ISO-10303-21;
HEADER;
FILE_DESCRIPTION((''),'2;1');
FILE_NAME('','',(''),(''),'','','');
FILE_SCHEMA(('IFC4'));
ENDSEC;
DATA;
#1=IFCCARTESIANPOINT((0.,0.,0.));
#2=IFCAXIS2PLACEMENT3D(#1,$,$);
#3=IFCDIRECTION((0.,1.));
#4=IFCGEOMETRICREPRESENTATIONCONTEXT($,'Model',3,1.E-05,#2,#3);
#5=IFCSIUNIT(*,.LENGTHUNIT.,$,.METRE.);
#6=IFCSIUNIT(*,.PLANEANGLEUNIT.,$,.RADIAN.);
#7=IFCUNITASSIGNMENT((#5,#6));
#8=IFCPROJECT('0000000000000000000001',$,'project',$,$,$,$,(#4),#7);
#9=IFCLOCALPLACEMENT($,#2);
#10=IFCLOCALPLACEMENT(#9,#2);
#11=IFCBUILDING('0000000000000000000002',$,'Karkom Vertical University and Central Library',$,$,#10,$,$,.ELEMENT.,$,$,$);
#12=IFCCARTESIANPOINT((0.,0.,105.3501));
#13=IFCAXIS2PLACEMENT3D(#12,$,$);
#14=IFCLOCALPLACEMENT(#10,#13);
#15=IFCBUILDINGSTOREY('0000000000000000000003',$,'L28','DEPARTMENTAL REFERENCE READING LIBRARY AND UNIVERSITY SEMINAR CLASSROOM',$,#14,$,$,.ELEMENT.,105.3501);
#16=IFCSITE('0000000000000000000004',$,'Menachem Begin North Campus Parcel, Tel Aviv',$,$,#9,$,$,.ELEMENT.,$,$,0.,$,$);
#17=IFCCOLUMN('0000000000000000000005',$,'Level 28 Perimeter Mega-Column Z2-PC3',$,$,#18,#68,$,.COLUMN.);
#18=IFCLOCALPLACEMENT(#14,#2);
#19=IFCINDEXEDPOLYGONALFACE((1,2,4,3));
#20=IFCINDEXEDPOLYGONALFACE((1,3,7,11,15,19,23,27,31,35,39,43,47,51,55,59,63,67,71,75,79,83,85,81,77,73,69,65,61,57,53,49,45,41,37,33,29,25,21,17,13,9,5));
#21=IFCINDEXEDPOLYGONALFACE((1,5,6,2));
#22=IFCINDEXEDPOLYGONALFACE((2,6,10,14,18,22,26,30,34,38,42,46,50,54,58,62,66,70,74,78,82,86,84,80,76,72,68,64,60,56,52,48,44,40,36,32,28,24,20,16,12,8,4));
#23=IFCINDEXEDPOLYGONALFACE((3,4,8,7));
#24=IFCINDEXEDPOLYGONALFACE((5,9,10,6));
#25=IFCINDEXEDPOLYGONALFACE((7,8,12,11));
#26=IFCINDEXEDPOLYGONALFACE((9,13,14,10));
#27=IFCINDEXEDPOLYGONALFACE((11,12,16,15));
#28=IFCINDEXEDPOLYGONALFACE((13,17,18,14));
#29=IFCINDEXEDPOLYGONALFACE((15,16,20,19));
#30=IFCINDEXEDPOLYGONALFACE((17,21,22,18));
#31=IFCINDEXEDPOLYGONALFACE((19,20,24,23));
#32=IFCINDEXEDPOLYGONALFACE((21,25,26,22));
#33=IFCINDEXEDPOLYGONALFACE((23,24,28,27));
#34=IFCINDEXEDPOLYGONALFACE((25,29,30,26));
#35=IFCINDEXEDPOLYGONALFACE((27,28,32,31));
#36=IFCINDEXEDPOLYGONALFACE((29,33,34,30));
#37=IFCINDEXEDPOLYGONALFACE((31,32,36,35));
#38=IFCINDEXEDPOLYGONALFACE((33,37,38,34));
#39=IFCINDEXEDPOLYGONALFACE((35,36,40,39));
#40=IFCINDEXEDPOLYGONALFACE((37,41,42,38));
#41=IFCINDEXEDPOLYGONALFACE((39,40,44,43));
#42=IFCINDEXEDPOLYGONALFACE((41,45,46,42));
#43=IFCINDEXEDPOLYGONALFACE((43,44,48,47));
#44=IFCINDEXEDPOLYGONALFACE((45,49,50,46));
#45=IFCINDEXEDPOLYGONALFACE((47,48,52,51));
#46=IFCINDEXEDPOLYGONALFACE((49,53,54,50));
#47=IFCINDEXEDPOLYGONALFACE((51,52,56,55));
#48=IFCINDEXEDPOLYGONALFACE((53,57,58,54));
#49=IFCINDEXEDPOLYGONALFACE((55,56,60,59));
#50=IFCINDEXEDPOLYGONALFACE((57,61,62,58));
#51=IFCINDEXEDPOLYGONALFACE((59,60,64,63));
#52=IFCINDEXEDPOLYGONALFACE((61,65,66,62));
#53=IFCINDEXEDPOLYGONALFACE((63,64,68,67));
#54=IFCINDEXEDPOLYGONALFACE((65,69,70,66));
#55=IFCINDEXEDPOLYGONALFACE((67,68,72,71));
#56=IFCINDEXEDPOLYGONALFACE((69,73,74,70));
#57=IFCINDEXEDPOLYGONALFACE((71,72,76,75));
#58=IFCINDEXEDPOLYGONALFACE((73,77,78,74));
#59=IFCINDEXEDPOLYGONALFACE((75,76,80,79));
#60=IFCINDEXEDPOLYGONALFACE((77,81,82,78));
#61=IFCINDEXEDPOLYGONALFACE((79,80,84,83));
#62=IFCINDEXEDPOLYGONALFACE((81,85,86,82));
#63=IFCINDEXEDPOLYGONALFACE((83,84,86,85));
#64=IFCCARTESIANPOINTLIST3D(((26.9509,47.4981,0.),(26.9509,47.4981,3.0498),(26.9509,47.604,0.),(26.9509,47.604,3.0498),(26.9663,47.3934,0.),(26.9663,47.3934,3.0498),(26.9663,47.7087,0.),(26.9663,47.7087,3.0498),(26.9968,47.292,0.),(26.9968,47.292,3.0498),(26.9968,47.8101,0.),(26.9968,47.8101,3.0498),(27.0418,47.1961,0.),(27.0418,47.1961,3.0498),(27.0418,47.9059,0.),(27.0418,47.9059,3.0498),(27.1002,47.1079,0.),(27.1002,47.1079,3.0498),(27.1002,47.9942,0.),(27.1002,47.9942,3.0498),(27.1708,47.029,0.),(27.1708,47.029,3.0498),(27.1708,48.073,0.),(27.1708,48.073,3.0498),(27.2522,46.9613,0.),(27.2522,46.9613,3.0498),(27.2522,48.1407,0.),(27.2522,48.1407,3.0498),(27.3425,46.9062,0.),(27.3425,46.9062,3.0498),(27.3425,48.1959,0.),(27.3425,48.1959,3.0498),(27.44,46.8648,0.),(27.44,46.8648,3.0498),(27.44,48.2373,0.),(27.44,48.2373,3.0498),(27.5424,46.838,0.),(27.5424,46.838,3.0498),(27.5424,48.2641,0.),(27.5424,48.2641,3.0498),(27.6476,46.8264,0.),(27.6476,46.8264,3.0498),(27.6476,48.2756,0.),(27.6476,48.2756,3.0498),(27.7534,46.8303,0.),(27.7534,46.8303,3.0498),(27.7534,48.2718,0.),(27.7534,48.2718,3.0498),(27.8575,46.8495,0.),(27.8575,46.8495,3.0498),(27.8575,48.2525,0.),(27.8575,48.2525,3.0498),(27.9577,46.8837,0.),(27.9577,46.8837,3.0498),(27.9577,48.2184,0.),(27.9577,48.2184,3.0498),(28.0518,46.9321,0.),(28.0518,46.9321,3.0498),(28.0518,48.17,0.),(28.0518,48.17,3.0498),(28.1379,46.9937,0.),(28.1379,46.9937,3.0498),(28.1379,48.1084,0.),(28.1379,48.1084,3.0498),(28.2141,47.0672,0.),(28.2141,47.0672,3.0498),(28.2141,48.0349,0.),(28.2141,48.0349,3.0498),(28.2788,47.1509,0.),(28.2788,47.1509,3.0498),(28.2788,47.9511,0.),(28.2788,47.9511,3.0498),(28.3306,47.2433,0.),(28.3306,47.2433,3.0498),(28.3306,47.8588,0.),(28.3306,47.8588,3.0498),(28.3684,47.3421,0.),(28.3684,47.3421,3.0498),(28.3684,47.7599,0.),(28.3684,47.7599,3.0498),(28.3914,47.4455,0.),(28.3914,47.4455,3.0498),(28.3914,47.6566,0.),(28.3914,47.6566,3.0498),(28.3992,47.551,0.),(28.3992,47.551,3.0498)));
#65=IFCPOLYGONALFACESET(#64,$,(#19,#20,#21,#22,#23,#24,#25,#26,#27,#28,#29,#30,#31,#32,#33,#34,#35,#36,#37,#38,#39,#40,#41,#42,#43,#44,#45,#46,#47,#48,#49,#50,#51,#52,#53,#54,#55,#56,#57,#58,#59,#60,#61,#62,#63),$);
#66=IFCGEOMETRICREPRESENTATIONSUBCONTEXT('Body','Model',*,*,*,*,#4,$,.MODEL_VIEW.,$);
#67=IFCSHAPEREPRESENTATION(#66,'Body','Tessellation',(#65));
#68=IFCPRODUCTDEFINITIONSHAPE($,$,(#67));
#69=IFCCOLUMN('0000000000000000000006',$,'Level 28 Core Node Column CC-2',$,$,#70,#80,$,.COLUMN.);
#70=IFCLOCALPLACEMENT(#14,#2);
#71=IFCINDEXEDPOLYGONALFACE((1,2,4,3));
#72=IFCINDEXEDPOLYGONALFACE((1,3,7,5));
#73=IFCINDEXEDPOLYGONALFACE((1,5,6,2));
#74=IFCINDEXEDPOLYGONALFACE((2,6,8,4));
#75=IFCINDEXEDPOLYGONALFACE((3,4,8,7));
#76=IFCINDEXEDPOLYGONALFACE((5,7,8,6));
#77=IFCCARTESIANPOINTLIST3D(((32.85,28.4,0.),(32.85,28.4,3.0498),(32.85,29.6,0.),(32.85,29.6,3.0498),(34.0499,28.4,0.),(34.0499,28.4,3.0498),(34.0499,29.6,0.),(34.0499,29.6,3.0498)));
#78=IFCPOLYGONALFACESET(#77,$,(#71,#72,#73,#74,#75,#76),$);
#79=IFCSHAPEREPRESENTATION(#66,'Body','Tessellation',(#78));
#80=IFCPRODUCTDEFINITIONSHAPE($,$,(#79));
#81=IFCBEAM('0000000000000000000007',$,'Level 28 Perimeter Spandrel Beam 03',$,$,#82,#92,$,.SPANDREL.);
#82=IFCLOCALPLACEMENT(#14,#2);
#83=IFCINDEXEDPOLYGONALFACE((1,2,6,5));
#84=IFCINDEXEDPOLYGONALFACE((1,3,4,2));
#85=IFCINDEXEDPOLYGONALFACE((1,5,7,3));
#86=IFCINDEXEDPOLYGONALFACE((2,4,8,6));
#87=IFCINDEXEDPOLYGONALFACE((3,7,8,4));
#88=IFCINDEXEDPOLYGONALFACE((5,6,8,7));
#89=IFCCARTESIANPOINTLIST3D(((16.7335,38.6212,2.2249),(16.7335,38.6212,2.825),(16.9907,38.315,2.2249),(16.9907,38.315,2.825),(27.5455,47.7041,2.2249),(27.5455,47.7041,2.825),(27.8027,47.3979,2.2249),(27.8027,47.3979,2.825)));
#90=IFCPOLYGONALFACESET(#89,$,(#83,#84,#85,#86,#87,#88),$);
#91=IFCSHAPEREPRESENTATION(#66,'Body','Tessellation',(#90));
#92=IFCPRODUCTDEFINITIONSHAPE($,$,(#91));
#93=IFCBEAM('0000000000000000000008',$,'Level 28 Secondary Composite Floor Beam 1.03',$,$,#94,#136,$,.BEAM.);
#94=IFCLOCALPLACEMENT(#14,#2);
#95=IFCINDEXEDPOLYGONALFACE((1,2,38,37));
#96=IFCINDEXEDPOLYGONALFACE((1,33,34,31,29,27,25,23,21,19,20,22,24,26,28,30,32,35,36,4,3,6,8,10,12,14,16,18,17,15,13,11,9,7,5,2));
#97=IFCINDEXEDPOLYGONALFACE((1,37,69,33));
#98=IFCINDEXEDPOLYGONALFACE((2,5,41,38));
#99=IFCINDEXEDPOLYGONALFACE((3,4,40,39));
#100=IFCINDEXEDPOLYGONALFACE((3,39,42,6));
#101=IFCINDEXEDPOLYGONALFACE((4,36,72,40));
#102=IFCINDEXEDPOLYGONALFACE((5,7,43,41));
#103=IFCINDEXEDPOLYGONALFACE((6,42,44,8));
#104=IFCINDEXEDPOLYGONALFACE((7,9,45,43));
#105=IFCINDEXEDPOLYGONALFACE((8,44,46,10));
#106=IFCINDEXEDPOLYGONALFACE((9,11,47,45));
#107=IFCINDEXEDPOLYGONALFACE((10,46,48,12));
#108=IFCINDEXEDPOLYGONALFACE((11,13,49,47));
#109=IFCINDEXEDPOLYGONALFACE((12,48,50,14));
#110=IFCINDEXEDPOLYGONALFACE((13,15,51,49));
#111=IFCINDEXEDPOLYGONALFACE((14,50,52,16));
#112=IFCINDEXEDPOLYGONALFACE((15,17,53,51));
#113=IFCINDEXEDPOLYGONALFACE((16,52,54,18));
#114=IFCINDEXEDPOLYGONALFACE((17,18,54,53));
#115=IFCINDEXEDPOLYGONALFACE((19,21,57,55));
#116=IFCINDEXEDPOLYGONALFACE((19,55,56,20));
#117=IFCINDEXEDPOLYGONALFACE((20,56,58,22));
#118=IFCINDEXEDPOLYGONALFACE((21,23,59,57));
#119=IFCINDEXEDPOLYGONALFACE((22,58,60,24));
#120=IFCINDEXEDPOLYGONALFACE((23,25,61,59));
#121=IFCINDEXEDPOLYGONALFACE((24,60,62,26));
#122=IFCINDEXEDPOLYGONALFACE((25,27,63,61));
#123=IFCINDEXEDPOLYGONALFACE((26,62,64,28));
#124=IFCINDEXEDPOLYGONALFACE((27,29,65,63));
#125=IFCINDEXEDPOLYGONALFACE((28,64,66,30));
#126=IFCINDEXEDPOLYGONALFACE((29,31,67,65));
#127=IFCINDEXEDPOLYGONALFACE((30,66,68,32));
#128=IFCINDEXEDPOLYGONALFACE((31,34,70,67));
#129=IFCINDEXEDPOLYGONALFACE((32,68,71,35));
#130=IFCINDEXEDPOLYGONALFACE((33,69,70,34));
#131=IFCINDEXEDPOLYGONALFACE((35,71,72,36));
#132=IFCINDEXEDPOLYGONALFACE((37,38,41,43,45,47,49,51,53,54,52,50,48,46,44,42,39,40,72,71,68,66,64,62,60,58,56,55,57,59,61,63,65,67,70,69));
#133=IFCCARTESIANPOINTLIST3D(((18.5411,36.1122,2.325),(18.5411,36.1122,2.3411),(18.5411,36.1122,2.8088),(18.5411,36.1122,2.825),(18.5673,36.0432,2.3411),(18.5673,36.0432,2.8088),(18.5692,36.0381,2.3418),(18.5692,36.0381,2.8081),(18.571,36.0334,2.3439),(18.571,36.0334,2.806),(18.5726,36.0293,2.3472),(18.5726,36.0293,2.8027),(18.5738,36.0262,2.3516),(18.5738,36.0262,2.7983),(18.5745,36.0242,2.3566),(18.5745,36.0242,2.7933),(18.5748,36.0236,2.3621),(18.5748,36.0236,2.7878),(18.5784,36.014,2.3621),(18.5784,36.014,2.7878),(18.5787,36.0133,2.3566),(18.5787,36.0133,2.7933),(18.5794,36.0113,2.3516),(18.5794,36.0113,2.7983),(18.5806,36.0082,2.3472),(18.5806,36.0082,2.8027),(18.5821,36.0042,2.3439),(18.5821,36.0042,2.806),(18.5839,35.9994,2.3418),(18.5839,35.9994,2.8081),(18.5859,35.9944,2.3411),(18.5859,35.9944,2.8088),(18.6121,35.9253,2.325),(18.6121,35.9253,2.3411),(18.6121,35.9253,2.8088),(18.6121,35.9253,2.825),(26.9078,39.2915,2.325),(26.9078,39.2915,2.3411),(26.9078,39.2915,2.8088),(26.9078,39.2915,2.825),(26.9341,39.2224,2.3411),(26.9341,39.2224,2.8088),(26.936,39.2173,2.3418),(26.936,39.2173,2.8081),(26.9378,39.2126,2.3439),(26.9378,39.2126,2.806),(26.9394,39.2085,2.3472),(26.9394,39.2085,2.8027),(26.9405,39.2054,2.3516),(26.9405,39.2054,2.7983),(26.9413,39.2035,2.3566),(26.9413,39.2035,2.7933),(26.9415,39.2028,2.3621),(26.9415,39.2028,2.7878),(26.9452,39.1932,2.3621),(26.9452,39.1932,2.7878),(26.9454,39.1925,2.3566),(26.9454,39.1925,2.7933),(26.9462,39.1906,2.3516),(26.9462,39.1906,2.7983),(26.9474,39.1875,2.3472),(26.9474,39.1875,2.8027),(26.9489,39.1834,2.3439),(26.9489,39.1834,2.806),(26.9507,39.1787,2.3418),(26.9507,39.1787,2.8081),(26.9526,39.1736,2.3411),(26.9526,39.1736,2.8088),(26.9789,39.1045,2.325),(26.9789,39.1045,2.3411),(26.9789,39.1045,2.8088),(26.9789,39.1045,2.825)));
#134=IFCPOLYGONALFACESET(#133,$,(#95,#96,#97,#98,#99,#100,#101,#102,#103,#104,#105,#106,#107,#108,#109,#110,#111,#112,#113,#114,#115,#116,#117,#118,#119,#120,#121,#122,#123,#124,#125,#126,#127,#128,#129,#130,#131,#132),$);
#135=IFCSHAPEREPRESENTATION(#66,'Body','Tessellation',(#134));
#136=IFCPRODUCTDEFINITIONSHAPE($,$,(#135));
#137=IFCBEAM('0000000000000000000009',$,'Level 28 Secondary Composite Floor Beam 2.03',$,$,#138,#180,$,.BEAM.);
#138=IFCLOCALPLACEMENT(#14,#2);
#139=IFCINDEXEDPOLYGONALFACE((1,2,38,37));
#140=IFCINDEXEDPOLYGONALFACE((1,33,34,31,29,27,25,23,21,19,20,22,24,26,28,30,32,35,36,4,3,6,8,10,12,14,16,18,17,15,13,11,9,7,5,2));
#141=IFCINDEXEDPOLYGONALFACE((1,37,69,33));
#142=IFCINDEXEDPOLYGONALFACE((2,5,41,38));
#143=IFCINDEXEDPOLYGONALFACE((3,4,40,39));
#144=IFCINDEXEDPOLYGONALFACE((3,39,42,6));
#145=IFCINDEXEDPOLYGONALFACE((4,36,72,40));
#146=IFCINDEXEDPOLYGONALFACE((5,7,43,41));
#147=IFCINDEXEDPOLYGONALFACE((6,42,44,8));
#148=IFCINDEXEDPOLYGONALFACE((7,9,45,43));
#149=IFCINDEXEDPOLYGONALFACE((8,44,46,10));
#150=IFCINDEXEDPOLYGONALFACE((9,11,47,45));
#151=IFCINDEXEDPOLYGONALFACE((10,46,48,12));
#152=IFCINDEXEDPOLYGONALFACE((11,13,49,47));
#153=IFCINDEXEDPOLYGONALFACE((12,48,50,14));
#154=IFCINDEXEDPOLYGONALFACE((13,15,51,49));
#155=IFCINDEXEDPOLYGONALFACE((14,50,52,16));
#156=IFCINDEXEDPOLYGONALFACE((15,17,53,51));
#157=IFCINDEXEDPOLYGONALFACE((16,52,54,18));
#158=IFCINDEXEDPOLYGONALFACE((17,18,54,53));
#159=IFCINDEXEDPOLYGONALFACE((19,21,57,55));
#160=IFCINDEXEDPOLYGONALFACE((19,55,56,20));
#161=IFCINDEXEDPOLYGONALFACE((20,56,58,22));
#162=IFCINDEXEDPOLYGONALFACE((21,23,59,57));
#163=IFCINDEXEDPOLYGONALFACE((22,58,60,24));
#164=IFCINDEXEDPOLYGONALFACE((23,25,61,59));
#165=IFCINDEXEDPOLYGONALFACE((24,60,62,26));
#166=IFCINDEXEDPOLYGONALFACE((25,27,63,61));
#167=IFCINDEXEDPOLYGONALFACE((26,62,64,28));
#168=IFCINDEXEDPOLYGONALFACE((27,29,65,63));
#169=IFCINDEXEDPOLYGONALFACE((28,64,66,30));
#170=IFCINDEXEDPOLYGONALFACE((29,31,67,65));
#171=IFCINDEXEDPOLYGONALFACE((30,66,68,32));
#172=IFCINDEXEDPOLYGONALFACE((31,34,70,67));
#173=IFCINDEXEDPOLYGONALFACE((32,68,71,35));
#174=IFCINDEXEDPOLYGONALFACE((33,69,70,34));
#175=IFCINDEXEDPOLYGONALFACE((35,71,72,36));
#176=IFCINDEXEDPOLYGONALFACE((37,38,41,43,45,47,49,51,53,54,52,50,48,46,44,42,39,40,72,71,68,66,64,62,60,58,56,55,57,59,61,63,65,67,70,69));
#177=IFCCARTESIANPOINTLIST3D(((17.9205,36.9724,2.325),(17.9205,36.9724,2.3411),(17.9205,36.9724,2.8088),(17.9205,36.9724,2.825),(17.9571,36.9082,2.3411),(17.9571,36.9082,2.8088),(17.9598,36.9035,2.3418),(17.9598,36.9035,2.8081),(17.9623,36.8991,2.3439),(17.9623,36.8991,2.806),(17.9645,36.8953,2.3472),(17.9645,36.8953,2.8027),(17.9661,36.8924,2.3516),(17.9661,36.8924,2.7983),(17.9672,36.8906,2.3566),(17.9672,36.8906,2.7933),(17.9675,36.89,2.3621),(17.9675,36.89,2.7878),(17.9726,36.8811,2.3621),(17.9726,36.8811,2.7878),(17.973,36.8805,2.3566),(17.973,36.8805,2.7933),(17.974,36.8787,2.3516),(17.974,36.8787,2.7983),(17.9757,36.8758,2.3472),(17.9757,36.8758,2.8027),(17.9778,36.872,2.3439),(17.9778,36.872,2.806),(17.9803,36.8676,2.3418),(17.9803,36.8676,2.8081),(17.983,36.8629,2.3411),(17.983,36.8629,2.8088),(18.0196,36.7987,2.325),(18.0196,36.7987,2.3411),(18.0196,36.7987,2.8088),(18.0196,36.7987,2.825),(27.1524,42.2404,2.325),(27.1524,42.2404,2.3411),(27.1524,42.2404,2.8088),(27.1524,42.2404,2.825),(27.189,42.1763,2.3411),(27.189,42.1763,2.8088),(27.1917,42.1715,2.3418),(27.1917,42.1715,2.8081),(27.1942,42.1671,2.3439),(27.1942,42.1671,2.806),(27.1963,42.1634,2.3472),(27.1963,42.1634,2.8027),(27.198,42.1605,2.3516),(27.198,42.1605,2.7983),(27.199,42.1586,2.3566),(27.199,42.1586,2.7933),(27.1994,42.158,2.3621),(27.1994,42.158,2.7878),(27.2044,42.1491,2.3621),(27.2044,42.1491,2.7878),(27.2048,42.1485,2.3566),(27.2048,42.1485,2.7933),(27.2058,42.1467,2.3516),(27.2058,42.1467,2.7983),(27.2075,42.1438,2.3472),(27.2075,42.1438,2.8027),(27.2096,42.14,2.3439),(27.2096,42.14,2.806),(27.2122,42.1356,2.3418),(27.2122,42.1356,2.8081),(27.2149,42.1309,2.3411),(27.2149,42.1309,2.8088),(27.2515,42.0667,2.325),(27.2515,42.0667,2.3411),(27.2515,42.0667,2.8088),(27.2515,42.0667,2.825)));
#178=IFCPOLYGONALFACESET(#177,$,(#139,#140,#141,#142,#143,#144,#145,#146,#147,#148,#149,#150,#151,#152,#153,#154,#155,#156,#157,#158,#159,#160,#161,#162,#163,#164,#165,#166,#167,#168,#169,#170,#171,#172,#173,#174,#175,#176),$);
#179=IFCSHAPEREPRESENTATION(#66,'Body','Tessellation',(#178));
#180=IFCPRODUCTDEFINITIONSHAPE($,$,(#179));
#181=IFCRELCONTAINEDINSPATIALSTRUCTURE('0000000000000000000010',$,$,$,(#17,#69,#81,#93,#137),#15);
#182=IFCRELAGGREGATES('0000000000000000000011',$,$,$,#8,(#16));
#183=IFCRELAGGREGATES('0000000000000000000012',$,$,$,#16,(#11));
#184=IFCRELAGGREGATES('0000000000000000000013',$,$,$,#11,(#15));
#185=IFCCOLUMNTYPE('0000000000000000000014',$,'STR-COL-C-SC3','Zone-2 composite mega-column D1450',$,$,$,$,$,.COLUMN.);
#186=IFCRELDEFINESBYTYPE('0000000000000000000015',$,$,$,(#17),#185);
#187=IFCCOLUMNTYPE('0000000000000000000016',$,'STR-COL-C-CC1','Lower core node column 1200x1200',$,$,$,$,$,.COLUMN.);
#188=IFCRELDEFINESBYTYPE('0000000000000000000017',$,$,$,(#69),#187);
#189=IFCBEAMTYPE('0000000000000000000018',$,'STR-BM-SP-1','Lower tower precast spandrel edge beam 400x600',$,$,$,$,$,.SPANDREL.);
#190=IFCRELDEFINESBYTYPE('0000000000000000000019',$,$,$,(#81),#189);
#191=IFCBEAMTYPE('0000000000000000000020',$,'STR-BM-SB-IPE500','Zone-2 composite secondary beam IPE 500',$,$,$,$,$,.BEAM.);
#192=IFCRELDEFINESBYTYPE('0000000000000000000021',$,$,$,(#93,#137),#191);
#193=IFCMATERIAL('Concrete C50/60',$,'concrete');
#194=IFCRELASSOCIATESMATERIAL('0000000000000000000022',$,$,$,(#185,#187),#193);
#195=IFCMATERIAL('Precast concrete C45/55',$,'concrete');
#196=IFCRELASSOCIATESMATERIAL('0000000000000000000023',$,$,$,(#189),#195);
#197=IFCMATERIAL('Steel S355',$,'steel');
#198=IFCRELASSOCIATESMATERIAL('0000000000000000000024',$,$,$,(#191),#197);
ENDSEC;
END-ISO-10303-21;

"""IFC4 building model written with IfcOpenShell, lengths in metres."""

from ifc_helpers import new_model, si_unit, direction, frame, origin, origin_with_axes, origin_2d, place, context, subcontext, project, spatial, rectangle, circle, i_section, extrude, source, transform, mapped, material, material_profile, profile_set, type_object, element, save


model = new_model("IFC4")

# Units and contexts
model_context = context("Model", 3, precision=1e-05, world=origin(), true_north=direction((0.0, 1.0)))
body_context = subcontext(model_context, "Body", "Model", "MODEL_VIEW")
ifc_project = project(units=[si_unit("LENGTHUNIT", "METRE"), si_unit("PLANEANGLEUNIT", "RADIAN")], contexts=[model_context])

# Site, building, storey
site_placement = place(None, origin())
site = spatial("IfcSite", under=ifc_project, at=site_placement, Name="Menachem Begin North Campus Parcel, Tel Aviv", CompositionType="ELEMENT", RefElevation=0.0)
building_placement = place(site_placement, origin())
building = spatial("IfcBuilding", under=site, at=building_placement, Name="Karkom Vertical University and Central Library", CompositionType="ELEMENT")
storey_placement = place(building_placement, frame((0.0, 0.0, 105.3501)))
storey = spatial("IfcBuildingStorey", under=building, at=storey_placement, Name="L28", Description="DEPARTMENTAL REFERENCE READING LIBRARY AND UNIVERSITY SEMINAR CLASSROOM", CompositionType="ELEMENT", Elevation=105.3501)

# Columns
ifc_material_1 = material(Name="Concrete C50/60", Category="concrete")
ifc_material_profile_1 = material_profile(ifc_material_1, circle(Radius=0.7251, at=origin_2d()), Name="CFT-D1450")
ifc_profile_set_1 = profile_set([ifc_material_profile_1], Name="Concrete C50/60")
column_type_1 = type_object("IfcColumnType", Name="STR-COL-C-SC3", Description="Zone-2 composite mega-column D1450", PredefinedType="COLUMN", material=ifc_profile_set_1)
shared_shape_1 = source(origin_with_axes(), body_context, "Body", "SweptSolid", [
    extrude(circle(Radius=0.7251, at=origin_2d()), origin(), (0.0, 0.0, 1.0), 3.0498),
])
column_1_placement = place(storey_placement, frame((27.6741, 47.551, 0.0), z_axis=(0.0, 0.0, 1.0), x_axis=(1.0, 0.0, 0.0)))
element("IfcColumn", 1, at=column_1_placement, inside=storey, type_object=column_type_1, Name="Level 28 Perimeter Mega-Column Z2-PC3", PredefinedType="COLUMN", context=body_context, shape_type="MappedRepresentation", body=[
    mapped(shared_shape_1, transform((0.0, 0.0, 0.0), scale=1.0)),
])
ifc_material_profile_2 = material_profile(ifc_material_1, rectangle(XDim=1.2, YDim=1.2, at=origin_2d()), Name="RC-1200x1200")
ifc_profile_set_2 = profile_set([ifc_material_profile_2], Name="Concrete C50/60")
column_type_2 = type_object("IfcColumnType", Name="STR-COL-C-CC1", Description="Lower core node column 1200x1200", PredefinedType="COLUMN", material=ifc_profile_set_2)
shared_shape_2 = source(origin_with_axes(), body_context, "Body", "SweptSolid", [
    extrude(rectangle(XDim=1.2, YDim=1.2, at=origin_2d()), origin(), (0.0, 0.0, 1.0), 3.0498),
])
column_2_placement = place(storey_placement, frame((33.45, 29.0, 0.0), z_axis=(0.0, 0.0, 1.0), x_axis=(1.0, 0.0, 0.0)))
element("IfcColumn", 2, at=column_2_placement, inside=storey, type_object=column_type_2, Name="Level 28 Core Node Column CC-2", PredefinedType="COLUMN", context=body_context, shape_type="MappedRepresentation", body=[
    mapped(shared_shape_2, transform((0.0, 0.0, 0.0), scale=1.0)),
])

# Beams
ifc_material_2 = material(Name="Precast concrete C45/55", Category="concrete")
ifc_material_profile_3 = material_profile(ifc_material_2, rectangle(XDim=0.3999, YDim=0.6001, at=origin_2d()), Name="SPB-400x600")
ifc_profile_set_3 = profile_set([ifc_material_profile_3], Name="Precast concrete C45/55")
beam_type_1 = type_object("IfcBeamType", Name="STR-BM-SP-1", Description="Lower tower precast spandrel edge beam 400x600", PredefinedType="SPANDREL", material=ifc_profile_set_3)
shared_shape_3 = source(origin_with_axes(), body_context, "Body", "SweptSolid", [
    extrude(rectangle(XDim=0.3999, YDim=0.6001, at=origin_2d()), origin(), (0.0, 0.0, 1.0), 14.1208),
])
beam_1_placement = place(storey_placement, frame((27.6741, 47.551, 2.5249), z_axis=(-0.765673, -0.64323, 0.0), x_axis=(0.64323, -0.765673, 0.0)))
element("IfcBeam", 3, at=beam_1_placement, inside=storey, type_object=beam_type_1, Name="Level 28 Perimeter Spandrel Beam 03", PredefinedType="SPANDREL", context=body_context, shape_type="MappedRepresentation", body=[
    mapped(shared_shape_3, transform((0.0, 0.0, 0.0), scale=1.0)),
])
ifc_material_3 = material(Name="Steel S355", Category="steel")
ifc_material_profile_4 = material_profile(ifc_material_3, i_section(OverallWidth=0.2, OverallDepth=0.5, WebThickness=0.0103, FlangeThickness=0.0161, FilletRadius=0.021, at=origin_2d()), Name="IPE 500")
ifc_profile_set_4 = profile_set([ifc_material_profile_4], Name="Steel S355")
beam_type_2 = type_object("IfcBeamType", Name="STR-BM-SB-IPE500", Description="Zone-2 composite secondary beam IPE 500", PredefinedType="BEAM", material=ifc_profile_set_4)
shared_shape_4 = source(origin_with_axes(), body_context, "Body", "SweptSolid", [
    extrude(i_section(OverallWidth=0.2, OverallDepth=0.5, WebThickness=0.0103, FlangeThickness=0.0161, FilletRadius=0.021, at=origin_2d()), origin(), (0.0, 0.0, 1.0), 8.9504),
])
beam_2_placement = place(storey_placement, frame((26.9434, 39.198, 2.575), z_axis=(-0.934789, -0.355203, 0.0), x_axis=(0.355203, -0.934789, 0.0)))
element("IfcBeam", 4, at=beam_2_placement, inside=storey, type_object=beam_type_2, Name="Level 28 Secondary Composite Floor Beam 1.03", PredefinedType="BEAM", context=body_context, shape_type="MappedRepresentation", body=[
    mapped(shared_shape_4, transform((0.0, 0.0, 0.0), scale=1.0)),
])
shared_shape_5 = source(origin_with_axes(), body_context, "Body", "SweptSolid", [
    extrude(i_section(OverallWidth=0.2, OverallDepth=0.5, WebThickness=0.0103, FlangeThickness=0.0161, FilletRadius=0.021, at=origin_2d()), origin(), (0.0, 0.0, 1.0), 10.6292),
])
beam_3_placement = place(storey_placement, frame((27.2019, 42.1536, 2.575), z_axis=(-0.86854, -0.495619, 0.0), x_axis=(0.495619, -0.86854, 0.0)))
element("IfcBeam", 5, at=beam_3_placement, inside=storey, type_object=beam_type_2, Name="Level 28 Secondary Composite Floor Beam 2.03", PredefinedType="BEAM", context=body_context, shape_type="MappedRepresentation", body=[
    mapped(shared_shape_5, transform((0.0, 0.0, 0.0), scale=1.0)),
])

save(model, "model.ifc")
